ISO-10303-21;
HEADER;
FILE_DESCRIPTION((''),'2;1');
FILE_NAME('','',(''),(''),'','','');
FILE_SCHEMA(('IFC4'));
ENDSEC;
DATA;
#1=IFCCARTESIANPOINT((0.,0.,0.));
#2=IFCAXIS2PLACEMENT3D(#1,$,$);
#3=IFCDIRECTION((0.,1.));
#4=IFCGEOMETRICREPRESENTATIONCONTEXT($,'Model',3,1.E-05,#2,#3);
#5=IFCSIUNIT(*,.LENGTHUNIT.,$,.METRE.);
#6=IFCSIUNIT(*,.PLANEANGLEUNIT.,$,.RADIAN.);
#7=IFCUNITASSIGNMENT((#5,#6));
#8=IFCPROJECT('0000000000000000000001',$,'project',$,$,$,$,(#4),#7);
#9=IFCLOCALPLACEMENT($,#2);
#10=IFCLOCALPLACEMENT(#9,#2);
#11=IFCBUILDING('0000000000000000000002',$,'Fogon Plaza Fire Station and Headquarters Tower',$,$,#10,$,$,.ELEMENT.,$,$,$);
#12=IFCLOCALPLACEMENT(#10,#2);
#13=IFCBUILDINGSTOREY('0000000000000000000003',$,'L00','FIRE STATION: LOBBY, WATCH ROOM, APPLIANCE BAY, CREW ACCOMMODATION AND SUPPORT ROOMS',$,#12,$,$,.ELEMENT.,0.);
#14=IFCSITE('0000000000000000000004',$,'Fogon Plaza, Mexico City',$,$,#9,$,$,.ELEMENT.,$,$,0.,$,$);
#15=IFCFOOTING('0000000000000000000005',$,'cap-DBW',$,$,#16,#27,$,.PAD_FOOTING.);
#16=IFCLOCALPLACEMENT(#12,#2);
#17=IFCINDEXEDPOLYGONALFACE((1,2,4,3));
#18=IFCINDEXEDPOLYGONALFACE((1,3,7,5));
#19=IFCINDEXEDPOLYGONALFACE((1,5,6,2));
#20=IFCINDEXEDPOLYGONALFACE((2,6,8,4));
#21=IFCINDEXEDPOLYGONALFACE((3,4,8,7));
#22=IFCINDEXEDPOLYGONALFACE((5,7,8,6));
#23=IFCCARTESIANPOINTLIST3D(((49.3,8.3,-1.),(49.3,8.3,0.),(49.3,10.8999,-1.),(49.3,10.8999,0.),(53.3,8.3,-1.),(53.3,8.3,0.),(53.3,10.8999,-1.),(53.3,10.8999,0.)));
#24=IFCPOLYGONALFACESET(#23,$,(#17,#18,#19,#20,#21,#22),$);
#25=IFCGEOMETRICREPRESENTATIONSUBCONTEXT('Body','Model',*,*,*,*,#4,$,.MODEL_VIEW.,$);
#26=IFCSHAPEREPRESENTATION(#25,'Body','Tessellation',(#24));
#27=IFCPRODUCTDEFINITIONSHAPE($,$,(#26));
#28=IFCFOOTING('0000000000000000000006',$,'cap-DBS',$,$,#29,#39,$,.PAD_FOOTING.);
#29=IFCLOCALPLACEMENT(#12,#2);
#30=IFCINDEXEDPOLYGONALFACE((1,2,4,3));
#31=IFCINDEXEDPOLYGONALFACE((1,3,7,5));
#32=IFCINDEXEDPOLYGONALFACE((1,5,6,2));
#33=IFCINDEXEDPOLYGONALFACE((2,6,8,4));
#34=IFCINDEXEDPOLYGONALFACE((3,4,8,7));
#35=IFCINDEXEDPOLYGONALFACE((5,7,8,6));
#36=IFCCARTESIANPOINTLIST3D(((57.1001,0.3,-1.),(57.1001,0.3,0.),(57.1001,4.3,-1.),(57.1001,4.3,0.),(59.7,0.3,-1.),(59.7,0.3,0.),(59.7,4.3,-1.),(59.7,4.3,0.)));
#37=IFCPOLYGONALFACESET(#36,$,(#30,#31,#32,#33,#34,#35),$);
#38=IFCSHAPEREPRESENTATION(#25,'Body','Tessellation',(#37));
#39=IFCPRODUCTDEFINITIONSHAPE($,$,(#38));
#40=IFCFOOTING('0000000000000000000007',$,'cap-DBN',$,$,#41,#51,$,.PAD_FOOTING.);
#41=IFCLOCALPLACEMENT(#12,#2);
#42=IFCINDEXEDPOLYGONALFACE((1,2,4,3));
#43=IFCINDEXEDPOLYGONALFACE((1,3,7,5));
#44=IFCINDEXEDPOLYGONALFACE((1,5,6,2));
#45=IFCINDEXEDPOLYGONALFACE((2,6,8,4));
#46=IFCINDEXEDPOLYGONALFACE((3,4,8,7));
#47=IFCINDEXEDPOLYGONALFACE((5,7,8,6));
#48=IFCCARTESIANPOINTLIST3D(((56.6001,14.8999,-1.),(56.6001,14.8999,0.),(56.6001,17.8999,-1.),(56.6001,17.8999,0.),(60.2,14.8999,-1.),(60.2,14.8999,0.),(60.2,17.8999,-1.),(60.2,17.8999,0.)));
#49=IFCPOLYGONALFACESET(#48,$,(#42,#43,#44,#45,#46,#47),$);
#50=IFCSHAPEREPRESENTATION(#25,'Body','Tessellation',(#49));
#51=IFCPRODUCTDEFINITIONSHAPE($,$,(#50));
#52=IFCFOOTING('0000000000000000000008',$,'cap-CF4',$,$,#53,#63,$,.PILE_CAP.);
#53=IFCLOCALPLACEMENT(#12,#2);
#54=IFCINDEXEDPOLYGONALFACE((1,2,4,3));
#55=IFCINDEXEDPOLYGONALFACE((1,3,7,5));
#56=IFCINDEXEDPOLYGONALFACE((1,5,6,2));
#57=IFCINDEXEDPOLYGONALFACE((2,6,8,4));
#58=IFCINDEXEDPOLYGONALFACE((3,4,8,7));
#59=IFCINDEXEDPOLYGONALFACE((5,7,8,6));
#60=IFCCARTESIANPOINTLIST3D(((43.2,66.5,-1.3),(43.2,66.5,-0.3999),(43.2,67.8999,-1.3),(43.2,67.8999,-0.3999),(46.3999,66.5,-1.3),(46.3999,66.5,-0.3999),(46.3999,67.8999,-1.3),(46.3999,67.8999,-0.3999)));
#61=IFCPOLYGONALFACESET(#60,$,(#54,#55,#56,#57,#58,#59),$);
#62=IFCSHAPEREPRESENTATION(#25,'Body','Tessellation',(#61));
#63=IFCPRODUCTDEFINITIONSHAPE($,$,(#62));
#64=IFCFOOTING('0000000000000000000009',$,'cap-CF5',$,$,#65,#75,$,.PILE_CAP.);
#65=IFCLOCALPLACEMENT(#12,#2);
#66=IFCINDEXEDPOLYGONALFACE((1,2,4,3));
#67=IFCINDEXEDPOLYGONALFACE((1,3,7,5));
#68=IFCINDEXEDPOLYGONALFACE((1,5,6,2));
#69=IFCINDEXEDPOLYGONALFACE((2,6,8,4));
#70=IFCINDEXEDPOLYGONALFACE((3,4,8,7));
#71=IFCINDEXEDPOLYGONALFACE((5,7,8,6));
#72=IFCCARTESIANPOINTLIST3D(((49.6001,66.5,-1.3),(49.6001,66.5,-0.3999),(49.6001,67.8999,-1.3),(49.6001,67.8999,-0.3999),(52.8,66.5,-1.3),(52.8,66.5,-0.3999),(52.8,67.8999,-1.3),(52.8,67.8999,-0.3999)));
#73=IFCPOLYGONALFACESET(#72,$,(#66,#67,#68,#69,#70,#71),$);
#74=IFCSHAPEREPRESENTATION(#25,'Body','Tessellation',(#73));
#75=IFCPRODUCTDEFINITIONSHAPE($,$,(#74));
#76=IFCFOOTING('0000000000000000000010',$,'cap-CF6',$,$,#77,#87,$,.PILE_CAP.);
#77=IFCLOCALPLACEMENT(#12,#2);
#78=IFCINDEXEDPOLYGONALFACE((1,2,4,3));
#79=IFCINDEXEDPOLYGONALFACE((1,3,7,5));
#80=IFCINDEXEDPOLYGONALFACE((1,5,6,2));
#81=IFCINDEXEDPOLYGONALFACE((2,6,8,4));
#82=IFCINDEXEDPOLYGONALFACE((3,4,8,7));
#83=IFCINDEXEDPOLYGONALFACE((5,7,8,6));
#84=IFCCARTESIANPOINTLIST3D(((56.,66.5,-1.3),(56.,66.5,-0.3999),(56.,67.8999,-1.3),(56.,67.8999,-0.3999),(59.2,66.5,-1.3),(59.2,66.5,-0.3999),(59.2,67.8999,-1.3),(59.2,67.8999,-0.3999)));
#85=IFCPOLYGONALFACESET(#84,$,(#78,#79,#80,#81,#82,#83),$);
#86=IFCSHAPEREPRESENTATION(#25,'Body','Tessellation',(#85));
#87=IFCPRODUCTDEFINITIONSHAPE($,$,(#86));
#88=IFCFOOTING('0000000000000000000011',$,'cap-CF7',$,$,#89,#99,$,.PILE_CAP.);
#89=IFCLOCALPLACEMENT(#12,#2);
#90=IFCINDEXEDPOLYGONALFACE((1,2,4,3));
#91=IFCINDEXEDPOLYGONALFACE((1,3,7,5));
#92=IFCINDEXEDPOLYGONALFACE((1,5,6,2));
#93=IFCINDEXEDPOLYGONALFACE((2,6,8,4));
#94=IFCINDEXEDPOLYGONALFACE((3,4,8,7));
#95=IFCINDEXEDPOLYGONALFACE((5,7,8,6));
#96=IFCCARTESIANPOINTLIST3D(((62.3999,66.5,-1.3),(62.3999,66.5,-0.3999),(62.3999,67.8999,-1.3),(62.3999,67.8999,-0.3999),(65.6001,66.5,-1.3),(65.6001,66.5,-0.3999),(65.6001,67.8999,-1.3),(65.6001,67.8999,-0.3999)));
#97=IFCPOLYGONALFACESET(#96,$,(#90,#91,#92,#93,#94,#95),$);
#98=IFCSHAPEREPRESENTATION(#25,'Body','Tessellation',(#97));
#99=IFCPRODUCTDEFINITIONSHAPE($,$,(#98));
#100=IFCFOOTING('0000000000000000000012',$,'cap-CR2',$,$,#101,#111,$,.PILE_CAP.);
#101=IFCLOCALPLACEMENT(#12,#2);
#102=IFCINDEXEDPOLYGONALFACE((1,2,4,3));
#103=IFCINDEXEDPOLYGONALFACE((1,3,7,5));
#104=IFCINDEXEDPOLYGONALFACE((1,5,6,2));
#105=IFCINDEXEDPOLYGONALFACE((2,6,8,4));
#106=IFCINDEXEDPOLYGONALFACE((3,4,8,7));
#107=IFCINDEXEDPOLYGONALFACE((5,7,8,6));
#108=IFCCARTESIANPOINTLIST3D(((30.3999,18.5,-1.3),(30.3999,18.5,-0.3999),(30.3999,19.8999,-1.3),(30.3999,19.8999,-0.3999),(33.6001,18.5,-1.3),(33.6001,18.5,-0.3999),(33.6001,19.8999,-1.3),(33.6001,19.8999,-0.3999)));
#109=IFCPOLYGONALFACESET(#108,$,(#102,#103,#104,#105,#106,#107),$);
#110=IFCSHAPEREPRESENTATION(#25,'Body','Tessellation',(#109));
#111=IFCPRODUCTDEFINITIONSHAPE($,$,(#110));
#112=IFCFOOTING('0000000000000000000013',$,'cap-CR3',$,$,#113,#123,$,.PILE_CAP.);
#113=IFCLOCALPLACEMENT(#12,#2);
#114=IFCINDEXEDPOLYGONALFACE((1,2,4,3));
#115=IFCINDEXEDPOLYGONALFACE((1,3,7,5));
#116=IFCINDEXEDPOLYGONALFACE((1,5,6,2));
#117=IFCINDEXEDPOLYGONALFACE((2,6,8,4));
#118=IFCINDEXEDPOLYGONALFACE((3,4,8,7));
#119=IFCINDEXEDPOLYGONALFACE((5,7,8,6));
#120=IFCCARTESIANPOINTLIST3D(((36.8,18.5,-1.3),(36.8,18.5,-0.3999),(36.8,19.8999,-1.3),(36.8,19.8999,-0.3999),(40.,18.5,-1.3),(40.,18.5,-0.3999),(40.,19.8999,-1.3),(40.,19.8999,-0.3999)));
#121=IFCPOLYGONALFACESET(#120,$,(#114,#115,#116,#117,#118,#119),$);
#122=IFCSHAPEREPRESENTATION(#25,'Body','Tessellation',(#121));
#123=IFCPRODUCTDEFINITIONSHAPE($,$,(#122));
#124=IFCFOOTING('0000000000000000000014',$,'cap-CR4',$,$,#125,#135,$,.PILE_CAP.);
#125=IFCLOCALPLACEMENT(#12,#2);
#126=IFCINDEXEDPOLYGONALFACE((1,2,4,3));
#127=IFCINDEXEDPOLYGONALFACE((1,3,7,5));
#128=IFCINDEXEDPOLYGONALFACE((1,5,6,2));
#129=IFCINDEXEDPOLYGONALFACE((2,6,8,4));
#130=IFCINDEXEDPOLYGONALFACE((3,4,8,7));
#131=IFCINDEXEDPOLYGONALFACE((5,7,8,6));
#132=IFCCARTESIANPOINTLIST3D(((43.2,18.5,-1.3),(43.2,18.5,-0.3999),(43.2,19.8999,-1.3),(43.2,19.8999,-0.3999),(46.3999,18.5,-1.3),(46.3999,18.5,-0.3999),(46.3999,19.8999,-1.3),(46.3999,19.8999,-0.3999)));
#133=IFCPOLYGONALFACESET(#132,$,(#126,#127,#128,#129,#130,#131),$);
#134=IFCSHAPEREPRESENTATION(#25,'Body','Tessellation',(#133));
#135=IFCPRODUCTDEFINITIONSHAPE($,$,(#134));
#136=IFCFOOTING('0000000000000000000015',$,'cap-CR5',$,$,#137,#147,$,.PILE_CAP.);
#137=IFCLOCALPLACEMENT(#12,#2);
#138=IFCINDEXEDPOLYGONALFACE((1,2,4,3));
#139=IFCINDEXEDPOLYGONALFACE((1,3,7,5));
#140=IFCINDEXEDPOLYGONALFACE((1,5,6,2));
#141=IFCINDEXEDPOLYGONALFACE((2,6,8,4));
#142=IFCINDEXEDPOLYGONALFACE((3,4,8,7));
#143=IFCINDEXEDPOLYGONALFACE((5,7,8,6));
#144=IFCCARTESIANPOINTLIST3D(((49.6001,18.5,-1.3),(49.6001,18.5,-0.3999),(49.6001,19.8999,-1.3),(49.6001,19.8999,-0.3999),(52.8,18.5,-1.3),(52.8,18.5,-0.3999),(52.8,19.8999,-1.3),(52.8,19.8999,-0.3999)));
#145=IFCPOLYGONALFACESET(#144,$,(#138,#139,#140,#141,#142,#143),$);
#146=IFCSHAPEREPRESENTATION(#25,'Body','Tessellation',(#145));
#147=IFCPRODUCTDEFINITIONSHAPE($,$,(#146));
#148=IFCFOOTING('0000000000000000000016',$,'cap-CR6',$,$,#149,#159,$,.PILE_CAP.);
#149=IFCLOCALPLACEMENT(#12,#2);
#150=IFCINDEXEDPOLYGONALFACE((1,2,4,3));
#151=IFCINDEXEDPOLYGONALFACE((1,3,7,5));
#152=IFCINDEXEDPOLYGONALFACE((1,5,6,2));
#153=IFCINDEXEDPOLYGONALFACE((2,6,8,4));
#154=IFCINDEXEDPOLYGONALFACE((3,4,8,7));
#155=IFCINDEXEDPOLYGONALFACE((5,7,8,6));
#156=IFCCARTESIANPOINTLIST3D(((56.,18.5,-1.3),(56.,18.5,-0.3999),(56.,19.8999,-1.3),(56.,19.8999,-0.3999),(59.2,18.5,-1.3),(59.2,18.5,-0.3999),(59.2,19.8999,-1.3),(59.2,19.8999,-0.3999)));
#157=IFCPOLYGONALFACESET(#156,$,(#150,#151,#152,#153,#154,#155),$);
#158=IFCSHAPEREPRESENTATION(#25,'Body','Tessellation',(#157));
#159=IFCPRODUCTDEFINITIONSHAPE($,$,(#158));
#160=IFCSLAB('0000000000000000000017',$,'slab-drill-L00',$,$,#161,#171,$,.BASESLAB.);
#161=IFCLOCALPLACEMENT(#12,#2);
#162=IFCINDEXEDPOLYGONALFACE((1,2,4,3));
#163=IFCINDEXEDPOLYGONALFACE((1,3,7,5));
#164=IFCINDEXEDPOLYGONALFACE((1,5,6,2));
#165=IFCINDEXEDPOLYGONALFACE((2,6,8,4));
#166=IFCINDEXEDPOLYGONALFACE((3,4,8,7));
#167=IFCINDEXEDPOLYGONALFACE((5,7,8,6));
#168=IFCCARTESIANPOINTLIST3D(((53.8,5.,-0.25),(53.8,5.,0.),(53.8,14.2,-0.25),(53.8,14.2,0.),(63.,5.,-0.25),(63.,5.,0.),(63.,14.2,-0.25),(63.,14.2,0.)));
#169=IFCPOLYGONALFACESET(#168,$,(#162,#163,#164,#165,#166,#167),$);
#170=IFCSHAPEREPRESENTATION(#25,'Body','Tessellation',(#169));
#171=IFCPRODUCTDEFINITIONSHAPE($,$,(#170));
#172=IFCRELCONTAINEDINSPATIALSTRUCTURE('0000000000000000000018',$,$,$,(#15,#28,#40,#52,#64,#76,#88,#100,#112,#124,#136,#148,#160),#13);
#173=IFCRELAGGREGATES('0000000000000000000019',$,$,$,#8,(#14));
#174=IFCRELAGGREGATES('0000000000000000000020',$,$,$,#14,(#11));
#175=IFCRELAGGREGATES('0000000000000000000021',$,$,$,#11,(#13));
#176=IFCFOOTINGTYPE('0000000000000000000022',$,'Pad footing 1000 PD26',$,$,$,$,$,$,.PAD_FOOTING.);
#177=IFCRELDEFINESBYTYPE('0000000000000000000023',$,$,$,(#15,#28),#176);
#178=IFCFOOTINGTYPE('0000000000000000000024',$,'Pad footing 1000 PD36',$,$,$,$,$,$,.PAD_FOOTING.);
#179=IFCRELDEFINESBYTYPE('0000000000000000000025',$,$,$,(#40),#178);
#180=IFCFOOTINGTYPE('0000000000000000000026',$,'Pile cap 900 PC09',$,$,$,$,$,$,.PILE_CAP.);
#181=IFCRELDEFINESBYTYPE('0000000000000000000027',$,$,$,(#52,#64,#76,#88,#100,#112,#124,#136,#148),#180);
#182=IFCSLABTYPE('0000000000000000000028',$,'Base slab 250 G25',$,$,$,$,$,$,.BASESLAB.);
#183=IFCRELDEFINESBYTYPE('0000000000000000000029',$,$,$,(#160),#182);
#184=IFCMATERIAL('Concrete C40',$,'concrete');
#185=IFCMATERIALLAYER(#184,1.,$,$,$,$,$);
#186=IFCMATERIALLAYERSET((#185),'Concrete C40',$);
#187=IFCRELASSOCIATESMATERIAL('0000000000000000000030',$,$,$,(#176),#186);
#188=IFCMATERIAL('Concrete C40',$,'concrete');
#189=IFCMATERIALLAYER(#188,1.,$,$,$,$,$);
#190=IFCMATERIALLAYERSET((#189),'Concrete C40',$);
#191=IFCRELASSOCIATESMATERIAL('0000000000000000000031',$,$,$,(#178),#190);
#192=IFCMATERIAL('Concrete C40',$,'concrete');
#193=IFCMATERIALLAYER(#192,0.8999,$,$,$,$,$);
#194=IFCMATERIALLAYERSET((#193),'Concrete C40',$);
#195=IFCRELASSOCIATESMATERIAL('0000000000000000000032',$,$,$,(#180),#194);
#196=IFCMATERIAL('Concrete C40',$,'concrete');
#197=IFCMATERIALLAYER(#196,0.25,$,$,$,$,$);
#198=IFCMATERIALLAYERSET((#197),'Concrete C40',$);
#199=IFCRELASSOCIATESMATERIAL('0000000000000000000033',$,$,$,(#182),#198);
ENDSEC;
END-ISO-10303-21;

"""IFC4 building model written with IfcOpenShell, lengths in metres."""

from ifc_helpers import new_model, si_unit, direction, frame, origin, place, context, subcontext, project, spatial, polyline, outline, extrude, material, layer, layer_set, type_object, element, save


model = new_model("IFC4")

# Units and contexts
model_context = context("Model", 3, precision=1e-05, world=origin(), true_north=direction((0.0, 1.0)))
body_context = subcontext(model_context, "Body", "Model", "MODEL_VIEW")
ifc_project = project(units=[si_unit("LENGTHUNIT", "METRE"), si_unit("PLANEANGLEUNIT", "RADIAN")], contexts=[model_context])

# Site, building, storey
site_placement = place(None, origin())
site = spatial("IfcSite", under=ifc_project, at=site_placement, Name="Fogon Plaza, Mexico City", CompositionType="ELEMENT", RefElevation=0.0)
building_placement = place(site_placement, origin())
building = spatial("IfcBuilding", under=site, at=building_placement, Name="Fogon Plaza Fire Station and Headquarters Tower", CompositionType="ELEMENT")
storey_placement = place(building_placement, origin())
storey = spatial("IfcBuildingStorey", under=building, at=storey_placement, Name="L00", Description="FIRE STATION: LOBBY, WATCH ROOM, APPLIANCE BAY, CREW ACCOMMODATION AND SUPPORT ROOMS", CompositionType="ELEMENT", Elevation=0.0)

# Footings
ifc_material_1 = material(Name="Concrete C40", Category="concrete")
ifc_layer_1 = layer(ifc_material_1, 1.0)
ifc_layer_set_1 = layer_set([ifc_layer_1], Name="Concrete C40")
footing_type_1 = type_object("IfcFootingType", Name="Pad footing 1000 PD26", PredefinedType="PAD_FOOTING", material=ifc_layer_set_1)
footing_1_placement = place(storey_placement, frame((0.0, 0.0, -1.0)))
element("IfcFooting", 1, at=footing_1_placement, inside=storey, type_object=footing_type_1, Name="cap-DBW", PredefinedType="PAD_FOOTING", context=body_context, shape_type="SweptSolid", body=[
    extrude(outline(polyline([(53.3, 8.3), (53.3, 10.8999), (49.3, 10.8999), (49.3, 8.3), (53.3, 8.3)])), origin(), (0.0, 0.0, 1.0), 1.0),
])
footing_2_placement = place(storey_placement, frame((0.0, 0.0, -1.0)))
element("IfcFooting", 2, at=footing_2_placement, inside=storey, type_object=footing_type_1, Name="cap-DBS", PredefinedType="PAD_FOOTING", context=body_context, shape_type="SweptSolid", body=[
    extrude(outline(polyline([(59.7, 0.3), (59.7, 4.3), (57.1001, 4.3), (57.1001, 0.3), (59.7, 0.3)])), origin(), (0.0, 0.0, 1.0), 1.0),
])
ifc_material_2 = material(Name="Concrete C40", Category="concrete")
ifc_layer_2 = layer(ifc_material_2, 1.0)
ifc_layer_set_2 = layer_set([ifc_layer_2], Name="Concrete C40")
footing_type_2 = type_object("IfcFootingType", Name="Pad footing 1000 PD36", PredefinedType="PAD_FOOTING", material=ifc_layer_set_2)
footing_3_placement = place(storey_placement, frame((0.0, 0.0, -1.0)))
element("IfcFooting", 3, at=footing_3_placement, inside=storey, type_object=footing_type_2, Name="cap-DBN", PredefinedType="PAD_FOOTING", context=body_context, shape_type="SweptSolid", body=[
    extrude(outline(polyline([(60.2, 14.8999), (60.2, 17.8999), (56.6001, 17.8999), (56.6001, 14.8999), (60.2, 14.8999)])), origin(), (0.0, 0.0, 1.0), 1.0),
])
ifc_material_3 = material(Name="Concrete C40", Category="concrete")
ifc_layer_3 = layer(ifc_material_3, 0.8999)
ifc_layer_set_3 = layer_set([ifc_layer_3], Name="Concrete C40")
footing_type_3 = type_object("IfcFootingType", Name="Pile cap 900 PC09", PredefinedType="PILE_CAP", material=ifc_layer_set_3)
footing_4_placement = place(storey_placement, frame((0.0, 0.0, -1.3)))
element("IfcFooting", 4, at=footing_4_placement, inside=storey, type_object=footing_type_3, Name="cap-CF4", PredefinedType="PILE_CAP", context=body_context, shape_type="SweptSolid", body=[
    extrude(outline(polyline([(46.3999, 66.5), (46.3999, 67.8999), (43.2, 67.8999), (43.2, 66.5), (46.3999, 66.5)])), origin(), (0.0, 0.0, 1.0), 0.9001),
])
footing_5_placement = place(storey_placement, frame((0.0, 0.0, -1.3)))
element("IfcFooting", 5, at=footing_5_placement, inside=storey, type_object=footing_type_3, Name="cap-CF5", PredefinedType="PILE_CAP", context=body_context, shape_type="SweptSolid", body=[
    extrude(outline(polyline([(52.8, 66.5), (52.8, 67.8999), (49.6001, 67.8999), (49.6001, 66.5), (52.8, 66.5)])), origin(), (0.0, 0.0, 1.0), 0.9001),
])
footing_6_placement = place(storey_placement, frame((0.0, 0.0, -1.3)))
element("IfcFooting", 6, at=footing_6_placement, inside=storey, type_object=footing_type_3, Name="cap-CF6", PredefinedType="PILE_CAP", context=body_context, shape_type="SweptSolid", body=[
    extrude(outline(polyline([(59.2, 66.5), (59.2, 67.8999), (56.0, 67.8999), (56.0, 66.5), (59.2, 66.5)])), origin(), (0.0, 0.0, 1.0), 0.9001),
])
footing_7_placement = place(storey_placement, frame((0.0, 0.0, -1.3)))
element("IfcFooting", 7, at=footing_7_placement, inside=storey, type_object=footing_type_3, Name="cap-CF7", PredefinedType="PILE_CAP", context=body_context, shape_type="SweptSolid", body=[
    extrude(outline(polyline([(65.6001, 66.5), (65.6001, 67.8999), (62.3999, 67.8999), (62.3999, 66.5), (65.6001, 66.5)])), origin(), (0.0, 0.0, 1.0), 0.9001),
])
footing_8_placement = place(storey_placement, frame((0.0, 0.0, -1.3)))
element("IfcFooting", 8, at=footing_8_placement, inside=storey, type_object=footing_type_3, Name="cap-CR2", PredefinedType="PILE_CAP", context=body_context, shape_type="SweptSolid", body=[
    extrude(outline(polyline([(33.6001, 18.5), (33.6001, 19.8999), (30.3999, 19.8999), (30.3999, 18.5), (33.6001, 18.5)])), origin(), (0.0, 0.0, 1.0), 0.9001),
])
footing_9_placement = place(storey_placement, frame((0.0, 0.0, -1.3)))
element("IfcFooting", 9, at=footing_9_placement, inside=storey, type_object=footing_type_3, Name="cap-CR3", PredefinedType="PILE_CAP", context=body_context, shape_type="SweptSolid", body=[
    extrude(outline(polyline([(40.0, 18.5), (40.0, 19.8999), (36.8, 19.8999), (36.8, 18.5), (40.0, 18.5)])), origin(), (0.0, 0.0, 1.0), 0.9001),
])
footing_10_placement = place(storey_placement, frame((0.0, 0.0, -1.3)))
element("IfcFooting", 10, at=footing_10_placement, inside=storey, type_object=footing_type_3, Name="cap-CR4", PredefinedType="PILE_CAP", context=body_context, shape_type="SweptSolid", body=[
    extrude(outline(polyline([(46.3999, 18.5), (46.3999, 19.8999), (43.2, 19.8999), (43.2, 18.5), (46.3999, 18.5)])), origin(), (0.0, 0.0, 1.0), 0.9001),
])
footing_11_placement = place(storey_placement, frame((0.0, 0.0, -1.3)))
element("IfcFooting", 11, at=footing_11_placement, inside=storey, type_object=footing_type_3, Name="cap-CR5", PredefinedType="PILE_CAP", context=body_context, shape_type="SweptSolid", body=[
    extrude(outline(polyline([(52.8, 18.5), (52.8, 19.8999), (49.6001, 19.8999), (49.6001, 18.5), (52.8, 18.5)])), origin(), (0.0, 0.0, 1.0), 0.9001),
])
footing_12_placement = place(storey_placement, frame((0.0, 0.0, -1.3)))
element("IfcFooting", 12, at=footing_12_placement, inside=storey, type_object=footing_type_3, Name="cap-CR6", PredefinedType="PILE_CAP", context=body_context, shape_type="SweptSolid", body=[
    extrude(outline(polyline([(59.2, 18.5), (59.2, 19.8999), (56.0, 19.8999), (56.0, 18.5), (59.2, 18.5)])), origin(), (0.0, 0.0, 1.0), 0.9001),
])

# Slab
ifc_material_4 = material(Name="Concrete C40", Category="concrete")
ifc_layer_4 = layer(ifc_material_4, 0.25)
ifc_layer_set_4 = layer_set([ifc_layer_4], Name="Concrete C40")
slab_type_1 = type_object("IfcSlabType", Name="Base slab 250 G25", PredefinedType="BASESLAB", material=ifc_layer_set_4)
slab_1_placement = place(storey_placement, frame((0.0, 0.0, -0.25)))
element("IfcSlab", 13, at=slab_1_placement, inside=storey, type_object=slab_type_1, Name="slab-drill-L00", PredefinedType="BASESLAB", context=body_context, shape_type="SweptSolid", body=[
    extrude(outline(polyline([(63.0, 5.0), (63.0, 14.2), (53.8, 14.2), (53.8, 5.0), (63.0, 5.0)])), origin(), (0.0, 0.0, 1.0), 0.25),
])

save(model, "model.ifc")
